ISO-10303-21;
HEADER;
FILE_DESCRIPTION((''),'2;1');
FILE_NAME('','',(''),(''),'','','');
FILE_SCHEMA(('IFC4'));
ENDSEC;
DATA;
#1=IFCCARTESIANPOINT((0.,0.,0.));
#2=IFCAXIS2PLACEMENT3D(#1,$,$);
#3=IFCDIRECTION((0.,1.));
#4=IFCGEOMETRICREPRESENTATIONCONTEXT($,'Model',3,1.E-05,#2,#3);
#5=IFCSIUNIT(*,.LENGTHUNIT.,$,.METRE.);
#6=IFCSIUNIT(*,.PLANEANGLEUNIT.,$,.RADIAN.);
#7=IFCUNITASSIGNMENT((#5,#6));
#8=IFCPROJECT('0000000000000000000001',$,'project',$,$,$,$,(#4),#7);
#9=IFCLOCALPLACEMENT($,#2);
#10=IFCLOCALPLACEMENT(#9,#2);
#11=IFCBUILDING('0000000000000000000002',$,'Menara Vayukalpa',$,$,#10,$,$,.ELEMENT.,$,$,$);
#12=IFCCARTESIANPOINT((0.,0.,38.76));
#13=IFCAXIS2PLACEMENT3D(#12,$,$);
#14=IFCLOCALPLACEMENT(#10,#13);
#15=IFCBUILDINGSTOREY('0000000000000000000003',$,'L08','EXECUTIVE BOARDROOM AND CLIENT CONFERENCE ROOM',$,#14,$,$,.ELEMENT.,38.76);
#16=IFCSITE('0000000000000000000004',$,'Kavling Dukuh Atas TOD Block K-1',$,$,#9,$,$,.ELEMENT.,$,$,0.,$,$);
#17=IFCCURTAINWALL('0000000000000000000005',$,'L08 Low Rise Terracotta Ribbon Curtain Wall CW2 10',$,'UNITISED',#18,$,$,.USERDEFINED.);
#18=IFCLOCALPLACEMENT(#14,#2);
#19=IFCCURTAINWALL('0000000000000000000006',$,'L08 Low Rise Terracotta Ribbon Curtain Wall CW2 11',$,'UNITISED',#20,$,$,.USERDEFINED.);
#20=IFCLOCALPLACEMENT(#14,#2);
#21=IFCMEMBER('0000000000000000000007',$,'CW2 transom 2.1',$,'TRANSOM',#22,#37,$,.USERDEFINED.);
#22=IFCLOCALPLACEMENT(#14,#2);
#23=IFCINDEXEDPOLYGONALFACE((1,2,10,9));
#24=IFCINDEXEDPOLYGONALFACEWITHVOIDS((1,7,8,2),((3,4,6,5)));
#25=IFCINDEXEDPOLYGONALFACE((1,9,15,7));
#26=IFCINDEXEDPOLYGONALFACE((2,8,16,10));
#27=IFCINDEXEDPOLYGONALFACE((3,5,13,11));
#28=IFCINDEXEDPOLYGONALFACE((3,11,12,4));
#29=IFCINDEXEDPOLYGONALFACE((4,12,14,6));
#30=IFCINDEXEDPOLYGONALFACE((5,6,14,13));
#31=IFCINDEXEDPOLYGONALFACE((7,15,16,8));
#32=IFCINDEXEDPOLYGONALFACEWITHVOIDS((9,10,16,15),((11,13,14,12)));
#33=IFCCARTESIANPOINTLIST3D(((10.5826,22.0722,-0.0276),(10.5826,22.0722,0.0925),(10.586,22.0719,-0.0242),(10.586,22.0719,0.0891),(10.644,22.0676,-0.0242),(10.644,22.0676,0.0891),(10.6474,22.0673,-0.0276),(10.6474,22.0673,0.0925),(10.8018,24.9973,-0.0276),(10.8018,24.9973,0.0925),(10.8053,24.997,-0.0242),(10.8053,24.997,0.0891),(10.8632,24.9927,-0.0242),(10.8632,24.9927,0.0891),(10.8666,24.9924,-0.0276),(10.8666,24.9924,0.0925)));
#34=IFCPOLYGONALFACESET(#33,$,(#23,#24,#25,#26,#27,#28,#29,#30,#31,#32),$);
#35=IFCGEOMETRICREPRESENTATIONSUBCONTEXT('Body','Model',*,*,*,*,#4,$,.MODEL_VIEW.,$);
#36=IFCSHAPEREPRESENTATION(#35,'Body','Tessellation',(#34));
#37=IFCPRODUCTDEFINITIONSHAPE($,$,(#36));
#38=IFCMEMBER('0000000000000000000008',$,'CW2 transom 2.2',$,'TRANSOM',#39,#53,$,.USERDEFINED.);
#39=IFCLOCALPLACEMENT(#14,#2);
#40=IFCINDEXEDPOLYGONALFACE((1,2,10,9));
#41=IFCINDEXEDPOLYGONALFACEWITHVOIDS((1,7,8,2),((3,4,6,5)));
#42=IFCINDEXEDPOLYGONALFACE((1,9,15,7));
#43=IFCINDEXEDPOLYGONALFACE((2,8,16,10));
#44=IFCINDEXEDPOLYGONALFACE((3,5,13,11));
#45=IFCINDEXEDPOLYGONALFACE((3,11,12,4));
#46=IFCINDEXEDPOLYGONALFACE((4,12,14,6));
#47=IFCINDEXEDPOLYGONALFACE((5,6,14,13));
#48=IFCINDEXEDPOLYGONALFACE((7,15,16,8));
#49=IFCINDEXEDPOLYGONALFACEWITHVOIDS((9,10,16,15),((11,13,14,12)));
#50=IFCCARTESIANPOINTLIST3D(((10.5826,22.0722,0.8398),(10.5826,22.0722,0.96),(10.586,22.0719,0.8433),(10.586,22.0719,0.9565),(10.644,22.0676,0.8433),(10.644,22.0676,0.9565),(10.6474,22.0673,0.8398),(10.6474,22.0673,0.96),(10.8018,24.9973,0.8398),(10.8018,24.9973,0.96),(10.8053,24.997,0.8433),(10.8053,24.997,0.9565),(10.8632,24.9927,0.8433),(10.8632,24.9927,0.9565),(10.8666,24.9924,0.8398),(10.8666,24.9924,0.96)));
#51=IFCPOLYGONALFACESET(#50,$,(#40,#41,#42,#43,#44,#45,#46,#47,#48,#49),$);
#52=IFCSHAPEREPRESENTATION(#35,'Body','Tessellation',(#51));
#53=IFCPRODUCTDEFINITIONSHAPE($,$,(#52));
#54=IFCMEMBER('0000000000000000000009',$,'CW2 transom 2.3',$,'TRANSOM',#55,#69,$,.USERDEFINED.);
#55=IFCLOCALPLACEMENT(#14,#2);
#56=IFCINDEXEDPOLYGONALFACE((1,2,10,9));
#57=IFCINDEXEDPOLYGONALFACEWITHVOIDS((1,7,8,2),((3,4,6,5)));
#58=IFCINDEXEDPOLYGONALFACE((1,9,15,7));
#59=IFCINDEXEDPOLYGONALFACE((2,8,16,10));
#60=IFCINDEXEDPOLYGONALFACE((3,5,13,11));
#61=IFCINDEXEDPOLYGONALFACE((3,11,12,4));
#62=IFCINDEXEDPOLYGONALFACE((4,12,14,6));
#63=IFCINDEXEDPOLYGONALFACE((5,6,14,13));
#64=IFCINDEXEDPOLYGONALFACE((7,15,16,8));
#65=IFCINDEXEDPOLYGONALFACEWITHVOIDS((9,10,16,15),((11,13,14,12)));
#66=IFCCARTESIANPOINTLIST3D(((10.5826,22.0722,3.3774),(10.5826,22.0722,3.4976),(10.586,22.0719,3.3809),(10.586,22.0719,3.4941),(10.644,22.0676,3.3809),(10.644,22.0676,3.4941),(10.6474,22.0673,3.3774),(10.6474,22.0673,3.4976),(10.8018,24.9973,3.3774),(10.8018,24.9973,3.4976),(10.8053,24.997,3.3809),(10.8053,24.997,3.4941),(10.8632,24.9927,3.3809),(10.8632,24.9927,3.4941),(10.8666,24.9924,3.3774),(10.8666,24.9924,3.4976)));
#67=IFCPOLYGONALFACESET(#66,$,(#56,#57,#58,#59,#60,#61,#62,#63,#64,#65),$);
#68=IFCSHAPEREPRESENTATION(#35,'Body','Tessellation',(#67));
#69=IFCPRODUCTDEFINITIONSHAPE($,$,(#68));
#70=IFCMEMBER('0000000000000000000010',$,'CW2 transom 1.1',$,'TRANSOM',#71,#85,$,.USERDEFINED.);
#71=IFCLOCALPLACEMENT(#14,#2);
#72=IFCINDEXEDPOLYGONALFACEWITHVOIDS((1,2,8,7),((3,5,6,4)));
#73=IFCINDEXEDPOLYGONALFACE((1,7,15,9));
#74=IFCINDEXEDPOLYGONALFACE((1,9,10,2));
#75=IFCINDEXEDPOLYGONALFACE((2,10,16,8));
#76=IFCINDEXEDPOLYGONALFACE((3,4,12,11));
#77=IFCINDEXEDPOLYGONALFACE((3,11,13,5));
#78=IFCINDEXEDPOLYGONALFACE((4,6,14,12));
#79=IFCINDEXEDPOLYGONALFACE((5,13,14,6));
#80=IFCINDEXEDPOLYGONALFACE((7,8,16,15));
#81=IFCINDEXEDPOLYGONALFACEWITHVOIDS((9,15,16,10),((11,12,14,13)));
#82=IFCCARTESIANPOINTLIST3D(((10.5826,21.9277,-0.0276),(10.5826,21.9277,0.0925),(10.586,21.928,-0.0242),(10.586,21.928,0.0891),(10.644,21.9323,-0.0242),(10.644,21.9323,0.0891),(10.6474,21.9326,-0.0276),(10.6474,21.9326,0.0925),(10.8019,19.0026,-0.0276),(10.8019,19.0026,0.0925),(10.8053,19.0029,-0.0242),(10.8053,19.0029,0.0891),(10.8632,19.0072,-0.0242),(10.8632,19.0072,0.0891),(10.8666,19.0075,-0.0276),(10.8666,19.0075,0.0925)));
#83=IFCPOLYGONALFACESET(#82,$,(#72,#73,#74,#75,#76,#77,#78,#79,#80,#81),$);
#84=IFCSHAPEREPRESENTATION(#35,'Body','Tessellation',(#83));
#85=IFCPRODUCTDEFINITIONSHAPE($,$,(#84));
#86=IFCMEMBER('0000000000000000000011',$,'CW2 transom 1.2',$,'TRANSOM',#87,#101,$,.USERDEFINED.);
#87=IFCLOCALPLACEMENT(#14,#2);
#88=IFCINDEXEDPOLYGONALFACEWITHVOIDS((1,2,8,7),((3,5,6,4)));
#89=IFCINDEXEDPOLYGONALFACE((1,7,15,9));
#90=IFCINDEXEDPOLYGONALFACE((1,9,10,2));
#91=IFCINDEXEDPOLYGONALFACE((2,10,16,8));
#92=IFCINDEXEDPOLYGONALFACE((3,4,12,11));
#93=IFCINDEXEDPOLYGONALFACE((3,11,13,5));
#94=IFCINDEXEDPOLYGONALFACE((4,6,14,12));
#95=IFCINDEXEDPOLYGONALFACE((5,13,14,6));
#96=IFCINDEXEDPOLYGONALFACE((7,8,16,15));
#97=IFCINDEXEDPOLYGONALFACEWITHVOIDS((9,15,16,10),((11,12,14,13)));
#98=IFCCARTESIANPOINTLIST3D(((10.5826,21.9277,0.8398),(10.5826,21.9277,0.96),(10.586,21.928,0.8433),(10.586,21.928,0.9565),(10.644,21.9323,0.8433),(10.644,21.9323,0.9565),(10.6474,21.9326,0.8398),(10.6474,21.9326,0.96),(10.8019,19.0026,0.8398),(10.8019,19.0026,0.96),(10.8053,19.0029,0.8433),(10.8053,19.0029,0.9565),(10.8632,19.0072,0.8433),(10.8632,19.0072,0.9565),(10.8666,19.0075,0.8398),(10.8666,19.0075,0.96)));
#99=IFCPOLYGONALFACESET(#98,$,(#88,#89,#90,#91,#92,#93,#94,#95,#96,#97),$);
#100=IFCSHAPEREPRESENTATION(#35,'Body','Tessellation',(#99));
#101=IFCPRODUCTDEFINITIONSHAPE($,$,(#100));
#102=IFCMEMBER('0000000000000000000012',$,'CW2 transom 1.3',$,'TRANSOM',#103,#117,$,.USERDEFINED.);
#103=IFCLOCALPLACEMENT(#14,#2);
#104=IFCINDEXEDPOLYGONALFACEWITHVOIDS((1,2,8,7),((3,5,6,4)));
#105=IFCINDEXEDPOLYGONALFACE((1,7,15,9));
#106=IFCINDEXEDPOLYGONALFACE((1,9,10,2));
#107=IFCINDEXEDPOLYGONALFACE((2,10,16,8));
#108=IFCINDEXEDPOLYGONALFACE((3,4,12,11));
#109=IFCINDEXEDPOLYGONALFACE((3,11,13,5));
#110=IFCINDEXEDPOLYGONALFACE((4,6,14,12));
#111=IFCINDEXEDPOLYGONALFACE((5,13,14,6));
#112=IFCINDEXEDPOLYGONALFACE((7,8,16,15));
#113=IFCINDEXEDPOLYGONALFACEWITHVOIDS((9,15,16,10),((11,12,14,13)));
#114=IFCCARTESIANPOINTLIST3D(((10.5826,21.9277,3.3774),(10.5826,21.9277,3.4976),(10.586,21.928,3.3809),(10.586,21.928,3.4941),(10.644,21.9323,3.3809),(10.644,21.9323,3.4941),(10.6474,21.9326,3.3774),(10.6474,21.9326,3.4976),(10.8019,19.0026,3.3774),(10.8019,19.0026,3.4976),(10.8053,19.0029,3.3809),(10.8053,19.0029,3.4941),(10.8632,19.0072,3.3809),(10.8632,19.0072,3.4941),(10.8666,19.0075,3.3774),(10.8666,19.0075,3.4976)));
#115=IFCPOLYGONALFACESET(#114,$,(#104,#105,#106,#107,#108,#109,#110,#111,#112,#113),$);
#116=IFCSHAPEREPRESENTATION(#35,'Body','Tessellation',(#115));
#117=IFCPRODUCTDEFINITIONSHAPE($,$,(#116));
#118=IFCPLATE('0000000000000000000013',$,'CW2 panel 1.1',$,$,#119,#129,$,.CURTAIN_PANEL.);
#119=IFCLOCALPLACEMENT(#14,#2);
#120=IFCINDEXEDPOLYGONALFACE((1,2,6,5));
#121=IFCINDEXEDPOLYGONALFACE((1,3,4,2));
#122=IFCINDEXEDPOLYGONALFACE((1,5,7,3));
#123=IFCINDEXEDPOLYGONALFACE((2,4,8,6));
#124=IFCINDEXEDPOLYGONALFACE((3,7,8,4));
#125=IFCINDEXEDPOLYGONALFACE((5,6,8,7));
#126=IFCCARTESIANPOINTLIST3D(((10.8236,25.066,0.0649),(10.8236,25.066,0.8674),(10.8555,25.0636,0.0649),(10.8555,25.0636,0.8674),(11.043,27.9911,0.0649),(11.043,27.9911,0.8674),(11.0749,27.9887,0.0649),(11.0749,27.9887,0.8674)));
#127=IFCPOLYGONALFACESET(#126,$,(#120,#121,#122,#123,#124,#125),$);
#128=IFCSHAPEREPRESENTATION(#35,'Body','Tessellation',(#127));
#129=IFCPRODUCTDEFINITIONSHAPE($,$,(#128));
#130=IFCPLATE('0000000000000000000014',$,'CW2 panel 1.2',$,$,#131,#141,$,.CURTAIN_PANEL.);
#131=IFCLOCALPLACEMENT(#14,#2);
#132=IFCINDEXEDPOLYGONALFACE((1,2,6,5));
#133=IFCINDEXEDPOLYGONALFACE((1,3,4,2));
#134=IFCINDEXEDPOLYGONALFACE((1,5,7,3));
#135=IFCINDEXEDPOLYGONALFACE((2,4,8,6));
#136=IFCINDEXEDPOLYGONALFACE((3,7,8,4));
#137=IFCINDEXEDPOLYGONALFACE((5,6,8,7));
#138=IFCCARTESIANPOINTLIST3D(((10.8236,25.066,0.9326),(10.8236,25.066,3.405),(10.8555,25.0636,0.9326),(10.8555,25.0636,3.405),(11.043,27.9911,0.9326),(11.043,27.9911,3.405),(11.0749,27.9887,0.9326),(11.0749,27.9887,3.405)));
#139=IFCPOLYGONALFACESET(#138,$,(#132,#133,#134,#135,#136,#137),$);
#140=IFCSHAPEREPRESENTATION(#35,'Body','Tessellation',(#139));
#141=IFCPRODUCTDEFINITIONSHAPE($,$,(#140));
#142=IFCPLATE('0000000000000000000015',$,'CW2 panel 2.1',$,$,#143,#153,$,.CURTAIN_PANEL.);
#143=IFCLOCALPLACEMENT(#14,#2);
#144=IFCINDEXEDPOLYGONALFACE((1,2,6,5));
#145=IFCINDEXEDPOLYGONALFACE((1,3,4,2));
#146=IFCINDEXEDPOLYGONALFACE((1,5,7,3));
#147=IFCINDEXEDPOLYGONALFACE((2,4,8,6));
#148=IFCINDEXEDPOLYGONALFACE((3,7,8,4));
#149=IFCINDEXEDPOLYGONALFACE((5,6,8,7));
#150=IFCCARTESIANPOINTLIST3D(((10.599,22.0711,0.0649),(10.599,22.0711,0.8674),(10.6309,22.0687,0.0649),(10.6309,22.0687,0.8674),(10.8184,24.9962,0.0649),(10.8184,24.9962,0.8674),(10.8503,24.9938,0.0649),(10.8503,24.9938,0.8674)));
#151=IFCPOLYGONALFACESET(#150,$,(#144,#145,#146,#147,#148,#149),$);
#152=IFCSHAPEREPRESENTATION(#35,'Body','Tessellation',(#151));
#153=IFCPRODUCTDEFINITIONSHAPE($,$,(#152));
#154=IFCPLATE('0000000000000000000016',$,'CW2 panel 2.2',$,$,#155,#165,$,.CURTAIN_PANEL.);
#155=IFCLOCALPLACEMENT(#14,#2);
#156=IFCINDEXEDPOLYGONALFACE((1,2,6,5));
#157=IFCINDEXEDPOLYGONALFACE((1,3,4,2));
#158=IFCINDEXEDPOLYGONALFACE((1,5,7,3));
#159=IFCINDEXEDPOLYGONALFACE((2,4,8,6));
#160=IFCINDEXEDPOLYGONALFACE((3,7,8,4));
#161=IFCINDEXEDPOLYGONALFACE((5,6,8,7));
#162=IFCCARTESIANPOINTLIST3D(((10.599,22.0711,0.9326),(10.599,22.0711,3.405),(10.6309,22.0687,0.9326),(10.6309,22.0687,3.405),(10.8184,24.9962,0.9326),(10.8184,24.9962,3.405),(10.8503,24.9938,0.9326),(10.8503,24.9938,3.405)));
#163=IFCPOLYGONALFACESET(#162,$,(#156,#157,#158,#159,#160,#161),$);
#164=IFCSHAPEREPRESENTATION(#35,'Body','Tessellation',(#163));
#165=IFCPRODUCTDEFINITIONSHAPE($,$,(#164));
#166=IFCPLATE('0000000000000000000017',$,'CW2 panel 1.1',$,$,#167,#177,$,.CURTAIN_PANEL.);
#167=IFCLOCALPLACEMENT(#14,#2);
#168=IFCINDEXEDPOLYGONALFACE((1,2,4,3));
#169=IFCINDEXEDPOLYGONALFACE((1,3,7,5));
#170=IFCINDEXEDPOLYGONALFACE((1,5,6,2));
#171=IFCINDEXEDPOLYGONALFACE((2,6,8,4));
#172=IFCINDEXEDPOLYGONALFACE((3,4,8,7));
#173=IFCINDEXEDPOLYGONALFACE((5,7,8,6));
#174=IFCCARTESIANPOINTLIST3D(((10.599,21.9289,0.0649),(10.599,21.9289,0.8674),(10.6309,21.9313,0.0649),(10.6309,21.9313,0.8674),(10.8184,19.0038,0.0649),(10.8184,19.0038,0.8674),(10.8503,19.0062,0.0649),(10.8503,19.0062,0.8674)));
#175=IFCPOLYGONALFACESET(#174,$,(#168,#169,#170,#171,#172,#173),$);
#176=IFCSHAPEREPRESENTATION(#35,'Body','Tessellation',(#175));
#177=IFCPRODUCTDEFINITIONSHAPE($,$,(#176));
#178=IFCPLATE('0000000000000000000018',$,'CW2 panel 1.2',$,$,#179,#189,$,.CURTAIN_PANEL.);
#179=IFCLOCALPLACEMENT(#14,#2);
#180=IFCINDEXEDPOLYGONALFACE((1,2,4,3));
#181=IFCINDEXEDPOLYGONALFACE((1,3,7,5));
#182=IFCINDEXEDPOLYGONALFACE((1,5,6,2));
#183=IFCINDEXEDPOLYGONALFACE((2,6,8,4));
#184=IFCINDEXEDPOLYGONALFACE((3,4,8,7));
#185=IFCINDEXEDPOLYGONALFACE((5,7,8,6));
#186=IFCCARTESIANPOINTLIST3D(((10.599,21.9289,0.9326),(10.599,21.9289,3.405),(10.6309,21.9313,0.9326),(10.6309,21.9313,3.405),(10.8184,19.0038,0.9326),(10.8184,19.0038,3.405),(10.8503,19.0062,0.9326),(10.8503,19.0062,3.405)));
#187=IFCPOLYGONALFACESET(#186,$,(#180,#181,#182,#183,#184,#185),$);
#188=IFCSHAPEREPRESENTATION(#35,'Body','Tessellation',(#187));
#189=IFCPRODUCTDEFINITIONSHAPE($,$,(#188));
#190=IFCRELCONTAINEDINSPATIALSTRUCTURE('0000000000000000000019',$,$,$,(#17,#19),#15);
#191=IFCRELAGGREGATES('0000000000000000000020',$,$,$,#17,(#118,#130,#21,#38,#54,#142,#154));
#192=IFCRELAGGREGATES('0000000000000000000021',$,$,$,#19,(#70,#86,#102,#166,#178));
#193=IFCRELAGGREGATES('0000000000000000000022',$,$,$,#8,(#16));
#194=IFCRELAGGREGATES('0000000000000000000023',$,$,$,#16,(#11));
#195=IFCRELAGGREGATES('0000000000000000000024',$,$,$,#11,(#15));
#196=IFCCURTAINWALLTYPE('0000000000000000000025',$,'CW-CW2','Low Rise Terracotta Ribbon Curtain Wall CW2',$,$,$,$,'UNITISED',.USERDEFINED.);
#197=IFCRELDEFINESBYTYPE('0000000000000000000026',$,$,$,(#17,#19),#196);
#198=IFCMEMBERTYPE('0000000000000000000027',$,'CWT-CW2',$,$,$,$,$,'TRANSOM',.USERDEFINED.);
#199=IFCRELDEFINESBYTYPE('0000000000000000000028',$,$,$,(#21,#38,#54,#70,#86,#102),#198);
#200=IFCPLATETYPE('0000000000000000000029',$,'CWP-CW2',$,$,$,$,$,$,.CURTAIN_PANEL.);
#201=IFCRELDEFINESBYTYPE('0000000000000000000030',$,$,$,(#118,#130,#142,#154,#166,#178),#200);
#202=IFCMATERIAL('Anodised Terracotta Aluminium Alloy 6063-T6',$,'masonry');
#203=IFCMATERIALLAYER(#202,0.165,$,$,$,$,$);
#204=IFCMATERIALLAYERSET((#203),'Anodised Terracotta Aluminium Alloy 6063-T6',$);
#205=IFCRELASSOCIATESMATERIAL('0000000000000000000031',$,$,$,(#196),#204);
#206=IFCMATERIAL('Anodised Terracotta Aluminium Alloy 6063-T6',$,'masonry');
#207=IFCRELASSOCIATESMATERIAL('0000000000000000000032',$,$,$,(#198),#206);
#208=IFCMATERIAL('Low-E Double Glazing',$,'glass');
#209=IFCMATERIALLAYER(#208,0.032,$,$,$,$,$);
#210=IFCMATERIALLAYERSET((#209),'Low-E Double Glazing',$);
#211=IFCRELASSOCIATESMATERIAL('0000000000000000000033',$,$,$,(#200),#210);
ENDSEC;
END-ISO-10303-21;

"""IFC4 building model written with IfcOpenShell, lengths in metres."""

from ifc_helpers import new_model, si_unit, direction, frame, origin, origin_2d, place, context, subcontext, project, spatial, rectangle, hollow_rectangle, extrude, material, layer, layer_set, material_profile, profile_set, type_object, element, aggregate, save


model = new_model("IFC4")

# Units and contexts
model_context = context("Model", 3, precision=1e-05, world=origin(), true_north=direction((0.0, 1.0)))
body_context = subcontext(model_context, "Body", "Model", "MODEL_VIEW")
ifc_project = project(units=[si_unit("LENGTHUNIT", "METRE"), si_unit("PLANEANGLEUNIT", "RADIAN")], contexts=[model_context])

# Site, building, storey
site_placement = place(None, origin())
site = spatial("IfcSite", under=ifc_project, at=site_placement, Name="Kavling Dukuh Atas TOD Block K-1", CompositionType="ELEMENT", RefElevation=0.0)
building_placement = place(site_placement, origin())
building = spatial("IfcBuilding", under=site, at=building_placement, Name="Menara Vayukalpa", CompositionType="ELEMENT")
storey_placement = place(building_placement, frame((0.0, 0.0, 38.76)))
storey = spatial("IfcBuildingStorey", under=building, at=storey_placement, Name="L08", Description="EXECUTIVE BOARDROOM AND CLIENT CONFERENCE ROOM", CompositionType="ELEMENT", Elevation=38.76)

# Curtain wall
ifc_material_1 = material(Name="Anodised Terracotta Aluminium Alloy 6063-T6", Category="masonry")
ifc_layer_1 = layer(ifc_material_1, 0.165)
ifc_layer_set_1 = layer_set([ifc_layer_1], Name="Anodised Terracotta Aluminium Alloy 6063-T6")
curtain_wall_type = type_object("IfcCurtainWallType", Name="CW-CW2", Description="Low Rise Terracotta Ribbon Curtain Wall CW2", ElementType="UNITISED", PredefinedType="USERDEFINED", material=ifc_layer_set_1)
curtain_wall_1_placement = place(storey_placement, origin())
curtain_wall_1 = element("IfcCurtainWall", 1, at=curtain_wall_1_placement, inside=storey, type_object=curtain_wall_type, Name="L08 Low Rise Terracotta Ribbon Curtain Wall CW2 10", ObjectType="UNITISED", PredefinedType="USERDEFINED")

# Curtain wall
curtain_wall_2_placement = place(storey_placement, origin())
curtain_wall_2 = element("IfcCurtainWall", 2, at=curtain_wall_2_placement, inside=storey, type_object=curtain_wall_type, Name="L08 Low Rise Terracotta Ribbon Curtain Wall CW2 11", ObjectType="UNITISED", PredefinedType="USERDEFINED")

# Members
ifc_material_2 = material(Name="Anodised Terracotta Aluminium Alloy 6063-T6", Category="masonry")
ifc_material_profile_1 = material_profile(ifc_material_2, hollow_rectangle(XDim=0.0649, YDim=0.1201, WallThickness=0.0034, at=origin_2d()), Name="ALU 65x120x3.5")
ifc_profile_set_1 = profile_set([ifc_material_profile_1], Name="Anodised Terracotta Aluminium Alloy 6063-T6")
member_type_1 = type_object("IfcMemberType", Name="CWT-CW2", ElementType="TRANSOM", PredefinedType="USERDEFINED", material=ifc_profile_set_1)
member_1_placement = place(storey_placement, frame((10.8342, 24.9949, 0.0325), z_axis=(-0.074742, -0.997203, 0.0), x_axis=(0.997203, -0.074742, 0.0)))
member_1 = element("IfcMember", 3, at=member_1_placement, type_object=member_type_1, Name="CW2 transom 2.1", ObjectType="TRANSOM", PredefinedType="USERDEFINED", context=body_context, shape_type="SweptSolid", body=[
    extrude(hollow_rectangle(XDim=0.0649, YDim=0.1201, WallThickness=0.0034, at=origin_2d()), origin(), (0.0, 0.0, 1.0), 2.9333),
])
member_2_placement = place(storey_placement, frame((10.8342, 24.9949, 0.8999), z_axis=(-0.074742, -0.997203, 0.0), x_axis=(0.997203, -0.074742, 0.0)))
member_2 = element("IfcMember", 4, at=member_2_placement, type_object=member_type_1, Name="CW2 transom 2.2", ObjectType="TRANSOM", PredefinedType="USERDEFINED", context=body_context, shape_type="SweptSolid", body=[
    extrude(hollow_rectangle(XDim=0.0649, YDim=0.1201, WallThickness=0.0034, at=origin_2d()), origin(), (0.0, 0.0, 1.0), 2.9333),
])
member_3_placement = place(storey_placement, frame((10.8342, 24.9949, 3.4375), z_axis=(-0.074742, -0.997203, 0.0), x_axis=(0.997203, -0.074742, 0.0)))
member_3 = element("IfcMember", 5, at=member_3_placement, type_object=member_type_1, Name="CW2 transom 2.3", ObjectType="TRANSOM", PredefinedType="USERDEFINED", context=body_context, shape_type="SweptSolid", body=[
    extrude(hollow_rectangle(XDim=0.0649, YDim=0.1201, WallThickness=0.0034, at=origin_2d()), origin(), (0.0, 0.0, 1.0), 2.9333),
])
member_4_placement = place(storey_placement, frame((10.615, 21.9302, 0.0325), z_axis=(0.074742, -0.997203, 0.0), x_axis=(0.997203, 0.074742, 0.0)))
member_4 = element("IfcMember", 6, at=member_4_placement, type_object=member_type_1, Name="CW2 transom 1.1", ObjectType="TRANSOM", PredefinedType="USERDEFINED", context=body_context, shape_type="SweptSolid", body=[
    extrude(hollow_rectangle(XDim=0.0649, YDim=0.1201, WallThickness=0.0034, at=origin_2d()), origin(), (0.0, 0.0, 1.0), 2.9333),
])
member_5_placement = place(storey_placement, frame((10.615, 21.9302, 0.8999), z_axis=(0.074742, -0.997203, 0.0), x_axis=(0.997203, 0.074742, 0.0)))
member_5 = element("IfcMember", 7, at=member_5_placement, type_object=member_type_1, Name="CW2 transom 1.2", ObjectType="TRANSOM", PredefinedType="USERDEFINED", context=body_context, shape_type="SweptSolid", body=[
    extrude(hollow_rectangle(XDim=0.0649, YDim=0.1201, WallThickness=0.0034, at=origin_2d()), origin(), (0.0, 0.0, 1.0), 2.9333),
])
member_6_placement = place(storey_placement, frame((10.615, 21.9302, 3.4375), z_axis=(0.074742, -0.997203, 0.0), x_axis=(0.997203, 0.074742, 0.0)))
member_6 = element("IfcMember", 8, at=member_6_placement, type_object=member_type_1, Name="CW2 transom 1.3", ObjectType="TRANSOM", PredefinedType="USERDEFINED", context=body_context, shape_type="SweptSolid", body=[
    extrude(hollow_rectangle(XDim=0.0649, YDim=0.1201, WallThickness=0.0034, at=origin_2d()), origin(), (0.0, 0.0, 1.0), 2.9333),
])

# Plates
ifc_material_3 = material(Name="Low-E Double Glazing", Category="glass")
ifc_layer_2 = layer(ifc_material_3, 0.032)
ifc_layer_set_2 = layer_set([ifc_layer_2], Name="Low-E Double Glazing")
plate_type = type_object("IfcPlateType", Name="CWP-CW2", PredefinedType="CURTAIN_PANEL", material=ifc_layer_set_2)
plate_1_placement = place(storey_placement, frame((10.9492, 26.5273, 0.0649), z_axis=(0.0, 0.0, 1.0), x_axis=(-0.074795, -0.997199, 0.0)))
plate_1 = element("IfcPlate", 9, at=plate_1_placement, type_object=plate_type, Name="CW2 panel 1.1", PredefinedType="CURTAIN_PANEL", context=body_context, shape_type="SweptSolid", body=[
    extrude(rectangle(XDim=2.9333, YDim=0.032, at=origin_2d()), origin(), (0.0, 0.0, 1.0), 0.8025),
])
plate_2_placement = place(storey_placement, frame((10.9492, 26.5273, 0.9326), z_axis=(0.0, 0.0, 1.0), x_axis=(-0.074795, -0.997199, 0.0)))
plate_2 = element("IfcPlate", 10, at=plate_2_placement, type_object=plate_type, Name="CW2 panel 1.2", PredefinedType="CURTAIN_PANEL", context=body_context, shape_type="SweptSolid", body=[
    extrude(rectangle(XDim=2.9333, YDim=0.032, at=origin_2d()), origin(), (0.0, 0.0, 1.0), 2.4724),
])
plate_3_placement = place(storey_placement, frame((10.7246, 23.5325, 0.0649), z_axis=(0.0, 0.0, 1.0), x_axis=(-0.074795, -0.997199, 0.0)))
plate_3 = element("IfcPlate", 11, at=plate_3_placement, type_object=plate_type, Name="CW2 panel 2.1", PredefinedType="CURTAIN_PANEL", context=body_context, shape_type="SweptSolid", body=[
    extrude(rectangle(XDim=2.9333, YDim=0.032, at=origin_2d()), origin(), (0.0, 0.0, 1.0), 0.8025),
])
plate_4_placement = place(storey_placement, frame((10.7246, 23.5325, 0.9326), z_axis=(0.0, 0.0, 1.0), x_axis=(-0.074795, -0.997199, 0.0)))
plate_4 = element("IfcPlate", 12, at=plate_4_placement, type_object=plate_type, Name="CW2 panel 2.2", PredefinedType="CURTAIN_PANEL", context=body_context, shape_type="SweptSolid", body=[
    extrude(rectangle(XDim=2.9333, YDim=0.032, at=origin_2d()), origin(), (0.0, 0.0, 1.0), 2.4724),
])
aggregate(curtain_wall_1, [plate_1, plate_2, member_1, member_2, member_3, plate_3, plate_4])
plate_5_placement = place(storey_placement, frame((10.7246, 20.4675, 0.0649), z_axis=(0.0, 0.0, 1.0), x_axis=(0.074795, -0.997199, 0.0)))
plate_5 = element("IfcPlate", 13, at=plate_5_placement, type_object=plate_type, Name="CW2 panel 1.1", PredefinedType="CURTAIN_PANEL", context=body_context, shape_type="SweptSolid", body=[
    extrude(rectangle(XDim=2.9333, YDim=0.032, at=origin_2d()), origin(), (0.0, 0.0, 1.0), 0.8025),
])
plate_6_placement = place(storey_placement, frame((10.7246, 20.4675, 0.9326), z_axis=(0.0, 0.0, 1.0), x_axis=(0.074795, -0.997199, 0.0)))
plate_6 = element("IfcPlate", 14, at=plate_6_placement, type_object=plate_type, Name="CW2 panel 1.2", PredefinedType="CURTAIN_PANEL", context=body_context, shape_type="SweptSolid", body=[
    extrude(rectangle(XDim=2.9333, YDim=0.032, at=origin_2d()), origin(), (0.0, 0.0, 1.0), 2.4724),
])
aggregate(curtain_wall_2, [member_4, member_5, member_6, plate_5, plate_6])

save(model, "model.ifc")
